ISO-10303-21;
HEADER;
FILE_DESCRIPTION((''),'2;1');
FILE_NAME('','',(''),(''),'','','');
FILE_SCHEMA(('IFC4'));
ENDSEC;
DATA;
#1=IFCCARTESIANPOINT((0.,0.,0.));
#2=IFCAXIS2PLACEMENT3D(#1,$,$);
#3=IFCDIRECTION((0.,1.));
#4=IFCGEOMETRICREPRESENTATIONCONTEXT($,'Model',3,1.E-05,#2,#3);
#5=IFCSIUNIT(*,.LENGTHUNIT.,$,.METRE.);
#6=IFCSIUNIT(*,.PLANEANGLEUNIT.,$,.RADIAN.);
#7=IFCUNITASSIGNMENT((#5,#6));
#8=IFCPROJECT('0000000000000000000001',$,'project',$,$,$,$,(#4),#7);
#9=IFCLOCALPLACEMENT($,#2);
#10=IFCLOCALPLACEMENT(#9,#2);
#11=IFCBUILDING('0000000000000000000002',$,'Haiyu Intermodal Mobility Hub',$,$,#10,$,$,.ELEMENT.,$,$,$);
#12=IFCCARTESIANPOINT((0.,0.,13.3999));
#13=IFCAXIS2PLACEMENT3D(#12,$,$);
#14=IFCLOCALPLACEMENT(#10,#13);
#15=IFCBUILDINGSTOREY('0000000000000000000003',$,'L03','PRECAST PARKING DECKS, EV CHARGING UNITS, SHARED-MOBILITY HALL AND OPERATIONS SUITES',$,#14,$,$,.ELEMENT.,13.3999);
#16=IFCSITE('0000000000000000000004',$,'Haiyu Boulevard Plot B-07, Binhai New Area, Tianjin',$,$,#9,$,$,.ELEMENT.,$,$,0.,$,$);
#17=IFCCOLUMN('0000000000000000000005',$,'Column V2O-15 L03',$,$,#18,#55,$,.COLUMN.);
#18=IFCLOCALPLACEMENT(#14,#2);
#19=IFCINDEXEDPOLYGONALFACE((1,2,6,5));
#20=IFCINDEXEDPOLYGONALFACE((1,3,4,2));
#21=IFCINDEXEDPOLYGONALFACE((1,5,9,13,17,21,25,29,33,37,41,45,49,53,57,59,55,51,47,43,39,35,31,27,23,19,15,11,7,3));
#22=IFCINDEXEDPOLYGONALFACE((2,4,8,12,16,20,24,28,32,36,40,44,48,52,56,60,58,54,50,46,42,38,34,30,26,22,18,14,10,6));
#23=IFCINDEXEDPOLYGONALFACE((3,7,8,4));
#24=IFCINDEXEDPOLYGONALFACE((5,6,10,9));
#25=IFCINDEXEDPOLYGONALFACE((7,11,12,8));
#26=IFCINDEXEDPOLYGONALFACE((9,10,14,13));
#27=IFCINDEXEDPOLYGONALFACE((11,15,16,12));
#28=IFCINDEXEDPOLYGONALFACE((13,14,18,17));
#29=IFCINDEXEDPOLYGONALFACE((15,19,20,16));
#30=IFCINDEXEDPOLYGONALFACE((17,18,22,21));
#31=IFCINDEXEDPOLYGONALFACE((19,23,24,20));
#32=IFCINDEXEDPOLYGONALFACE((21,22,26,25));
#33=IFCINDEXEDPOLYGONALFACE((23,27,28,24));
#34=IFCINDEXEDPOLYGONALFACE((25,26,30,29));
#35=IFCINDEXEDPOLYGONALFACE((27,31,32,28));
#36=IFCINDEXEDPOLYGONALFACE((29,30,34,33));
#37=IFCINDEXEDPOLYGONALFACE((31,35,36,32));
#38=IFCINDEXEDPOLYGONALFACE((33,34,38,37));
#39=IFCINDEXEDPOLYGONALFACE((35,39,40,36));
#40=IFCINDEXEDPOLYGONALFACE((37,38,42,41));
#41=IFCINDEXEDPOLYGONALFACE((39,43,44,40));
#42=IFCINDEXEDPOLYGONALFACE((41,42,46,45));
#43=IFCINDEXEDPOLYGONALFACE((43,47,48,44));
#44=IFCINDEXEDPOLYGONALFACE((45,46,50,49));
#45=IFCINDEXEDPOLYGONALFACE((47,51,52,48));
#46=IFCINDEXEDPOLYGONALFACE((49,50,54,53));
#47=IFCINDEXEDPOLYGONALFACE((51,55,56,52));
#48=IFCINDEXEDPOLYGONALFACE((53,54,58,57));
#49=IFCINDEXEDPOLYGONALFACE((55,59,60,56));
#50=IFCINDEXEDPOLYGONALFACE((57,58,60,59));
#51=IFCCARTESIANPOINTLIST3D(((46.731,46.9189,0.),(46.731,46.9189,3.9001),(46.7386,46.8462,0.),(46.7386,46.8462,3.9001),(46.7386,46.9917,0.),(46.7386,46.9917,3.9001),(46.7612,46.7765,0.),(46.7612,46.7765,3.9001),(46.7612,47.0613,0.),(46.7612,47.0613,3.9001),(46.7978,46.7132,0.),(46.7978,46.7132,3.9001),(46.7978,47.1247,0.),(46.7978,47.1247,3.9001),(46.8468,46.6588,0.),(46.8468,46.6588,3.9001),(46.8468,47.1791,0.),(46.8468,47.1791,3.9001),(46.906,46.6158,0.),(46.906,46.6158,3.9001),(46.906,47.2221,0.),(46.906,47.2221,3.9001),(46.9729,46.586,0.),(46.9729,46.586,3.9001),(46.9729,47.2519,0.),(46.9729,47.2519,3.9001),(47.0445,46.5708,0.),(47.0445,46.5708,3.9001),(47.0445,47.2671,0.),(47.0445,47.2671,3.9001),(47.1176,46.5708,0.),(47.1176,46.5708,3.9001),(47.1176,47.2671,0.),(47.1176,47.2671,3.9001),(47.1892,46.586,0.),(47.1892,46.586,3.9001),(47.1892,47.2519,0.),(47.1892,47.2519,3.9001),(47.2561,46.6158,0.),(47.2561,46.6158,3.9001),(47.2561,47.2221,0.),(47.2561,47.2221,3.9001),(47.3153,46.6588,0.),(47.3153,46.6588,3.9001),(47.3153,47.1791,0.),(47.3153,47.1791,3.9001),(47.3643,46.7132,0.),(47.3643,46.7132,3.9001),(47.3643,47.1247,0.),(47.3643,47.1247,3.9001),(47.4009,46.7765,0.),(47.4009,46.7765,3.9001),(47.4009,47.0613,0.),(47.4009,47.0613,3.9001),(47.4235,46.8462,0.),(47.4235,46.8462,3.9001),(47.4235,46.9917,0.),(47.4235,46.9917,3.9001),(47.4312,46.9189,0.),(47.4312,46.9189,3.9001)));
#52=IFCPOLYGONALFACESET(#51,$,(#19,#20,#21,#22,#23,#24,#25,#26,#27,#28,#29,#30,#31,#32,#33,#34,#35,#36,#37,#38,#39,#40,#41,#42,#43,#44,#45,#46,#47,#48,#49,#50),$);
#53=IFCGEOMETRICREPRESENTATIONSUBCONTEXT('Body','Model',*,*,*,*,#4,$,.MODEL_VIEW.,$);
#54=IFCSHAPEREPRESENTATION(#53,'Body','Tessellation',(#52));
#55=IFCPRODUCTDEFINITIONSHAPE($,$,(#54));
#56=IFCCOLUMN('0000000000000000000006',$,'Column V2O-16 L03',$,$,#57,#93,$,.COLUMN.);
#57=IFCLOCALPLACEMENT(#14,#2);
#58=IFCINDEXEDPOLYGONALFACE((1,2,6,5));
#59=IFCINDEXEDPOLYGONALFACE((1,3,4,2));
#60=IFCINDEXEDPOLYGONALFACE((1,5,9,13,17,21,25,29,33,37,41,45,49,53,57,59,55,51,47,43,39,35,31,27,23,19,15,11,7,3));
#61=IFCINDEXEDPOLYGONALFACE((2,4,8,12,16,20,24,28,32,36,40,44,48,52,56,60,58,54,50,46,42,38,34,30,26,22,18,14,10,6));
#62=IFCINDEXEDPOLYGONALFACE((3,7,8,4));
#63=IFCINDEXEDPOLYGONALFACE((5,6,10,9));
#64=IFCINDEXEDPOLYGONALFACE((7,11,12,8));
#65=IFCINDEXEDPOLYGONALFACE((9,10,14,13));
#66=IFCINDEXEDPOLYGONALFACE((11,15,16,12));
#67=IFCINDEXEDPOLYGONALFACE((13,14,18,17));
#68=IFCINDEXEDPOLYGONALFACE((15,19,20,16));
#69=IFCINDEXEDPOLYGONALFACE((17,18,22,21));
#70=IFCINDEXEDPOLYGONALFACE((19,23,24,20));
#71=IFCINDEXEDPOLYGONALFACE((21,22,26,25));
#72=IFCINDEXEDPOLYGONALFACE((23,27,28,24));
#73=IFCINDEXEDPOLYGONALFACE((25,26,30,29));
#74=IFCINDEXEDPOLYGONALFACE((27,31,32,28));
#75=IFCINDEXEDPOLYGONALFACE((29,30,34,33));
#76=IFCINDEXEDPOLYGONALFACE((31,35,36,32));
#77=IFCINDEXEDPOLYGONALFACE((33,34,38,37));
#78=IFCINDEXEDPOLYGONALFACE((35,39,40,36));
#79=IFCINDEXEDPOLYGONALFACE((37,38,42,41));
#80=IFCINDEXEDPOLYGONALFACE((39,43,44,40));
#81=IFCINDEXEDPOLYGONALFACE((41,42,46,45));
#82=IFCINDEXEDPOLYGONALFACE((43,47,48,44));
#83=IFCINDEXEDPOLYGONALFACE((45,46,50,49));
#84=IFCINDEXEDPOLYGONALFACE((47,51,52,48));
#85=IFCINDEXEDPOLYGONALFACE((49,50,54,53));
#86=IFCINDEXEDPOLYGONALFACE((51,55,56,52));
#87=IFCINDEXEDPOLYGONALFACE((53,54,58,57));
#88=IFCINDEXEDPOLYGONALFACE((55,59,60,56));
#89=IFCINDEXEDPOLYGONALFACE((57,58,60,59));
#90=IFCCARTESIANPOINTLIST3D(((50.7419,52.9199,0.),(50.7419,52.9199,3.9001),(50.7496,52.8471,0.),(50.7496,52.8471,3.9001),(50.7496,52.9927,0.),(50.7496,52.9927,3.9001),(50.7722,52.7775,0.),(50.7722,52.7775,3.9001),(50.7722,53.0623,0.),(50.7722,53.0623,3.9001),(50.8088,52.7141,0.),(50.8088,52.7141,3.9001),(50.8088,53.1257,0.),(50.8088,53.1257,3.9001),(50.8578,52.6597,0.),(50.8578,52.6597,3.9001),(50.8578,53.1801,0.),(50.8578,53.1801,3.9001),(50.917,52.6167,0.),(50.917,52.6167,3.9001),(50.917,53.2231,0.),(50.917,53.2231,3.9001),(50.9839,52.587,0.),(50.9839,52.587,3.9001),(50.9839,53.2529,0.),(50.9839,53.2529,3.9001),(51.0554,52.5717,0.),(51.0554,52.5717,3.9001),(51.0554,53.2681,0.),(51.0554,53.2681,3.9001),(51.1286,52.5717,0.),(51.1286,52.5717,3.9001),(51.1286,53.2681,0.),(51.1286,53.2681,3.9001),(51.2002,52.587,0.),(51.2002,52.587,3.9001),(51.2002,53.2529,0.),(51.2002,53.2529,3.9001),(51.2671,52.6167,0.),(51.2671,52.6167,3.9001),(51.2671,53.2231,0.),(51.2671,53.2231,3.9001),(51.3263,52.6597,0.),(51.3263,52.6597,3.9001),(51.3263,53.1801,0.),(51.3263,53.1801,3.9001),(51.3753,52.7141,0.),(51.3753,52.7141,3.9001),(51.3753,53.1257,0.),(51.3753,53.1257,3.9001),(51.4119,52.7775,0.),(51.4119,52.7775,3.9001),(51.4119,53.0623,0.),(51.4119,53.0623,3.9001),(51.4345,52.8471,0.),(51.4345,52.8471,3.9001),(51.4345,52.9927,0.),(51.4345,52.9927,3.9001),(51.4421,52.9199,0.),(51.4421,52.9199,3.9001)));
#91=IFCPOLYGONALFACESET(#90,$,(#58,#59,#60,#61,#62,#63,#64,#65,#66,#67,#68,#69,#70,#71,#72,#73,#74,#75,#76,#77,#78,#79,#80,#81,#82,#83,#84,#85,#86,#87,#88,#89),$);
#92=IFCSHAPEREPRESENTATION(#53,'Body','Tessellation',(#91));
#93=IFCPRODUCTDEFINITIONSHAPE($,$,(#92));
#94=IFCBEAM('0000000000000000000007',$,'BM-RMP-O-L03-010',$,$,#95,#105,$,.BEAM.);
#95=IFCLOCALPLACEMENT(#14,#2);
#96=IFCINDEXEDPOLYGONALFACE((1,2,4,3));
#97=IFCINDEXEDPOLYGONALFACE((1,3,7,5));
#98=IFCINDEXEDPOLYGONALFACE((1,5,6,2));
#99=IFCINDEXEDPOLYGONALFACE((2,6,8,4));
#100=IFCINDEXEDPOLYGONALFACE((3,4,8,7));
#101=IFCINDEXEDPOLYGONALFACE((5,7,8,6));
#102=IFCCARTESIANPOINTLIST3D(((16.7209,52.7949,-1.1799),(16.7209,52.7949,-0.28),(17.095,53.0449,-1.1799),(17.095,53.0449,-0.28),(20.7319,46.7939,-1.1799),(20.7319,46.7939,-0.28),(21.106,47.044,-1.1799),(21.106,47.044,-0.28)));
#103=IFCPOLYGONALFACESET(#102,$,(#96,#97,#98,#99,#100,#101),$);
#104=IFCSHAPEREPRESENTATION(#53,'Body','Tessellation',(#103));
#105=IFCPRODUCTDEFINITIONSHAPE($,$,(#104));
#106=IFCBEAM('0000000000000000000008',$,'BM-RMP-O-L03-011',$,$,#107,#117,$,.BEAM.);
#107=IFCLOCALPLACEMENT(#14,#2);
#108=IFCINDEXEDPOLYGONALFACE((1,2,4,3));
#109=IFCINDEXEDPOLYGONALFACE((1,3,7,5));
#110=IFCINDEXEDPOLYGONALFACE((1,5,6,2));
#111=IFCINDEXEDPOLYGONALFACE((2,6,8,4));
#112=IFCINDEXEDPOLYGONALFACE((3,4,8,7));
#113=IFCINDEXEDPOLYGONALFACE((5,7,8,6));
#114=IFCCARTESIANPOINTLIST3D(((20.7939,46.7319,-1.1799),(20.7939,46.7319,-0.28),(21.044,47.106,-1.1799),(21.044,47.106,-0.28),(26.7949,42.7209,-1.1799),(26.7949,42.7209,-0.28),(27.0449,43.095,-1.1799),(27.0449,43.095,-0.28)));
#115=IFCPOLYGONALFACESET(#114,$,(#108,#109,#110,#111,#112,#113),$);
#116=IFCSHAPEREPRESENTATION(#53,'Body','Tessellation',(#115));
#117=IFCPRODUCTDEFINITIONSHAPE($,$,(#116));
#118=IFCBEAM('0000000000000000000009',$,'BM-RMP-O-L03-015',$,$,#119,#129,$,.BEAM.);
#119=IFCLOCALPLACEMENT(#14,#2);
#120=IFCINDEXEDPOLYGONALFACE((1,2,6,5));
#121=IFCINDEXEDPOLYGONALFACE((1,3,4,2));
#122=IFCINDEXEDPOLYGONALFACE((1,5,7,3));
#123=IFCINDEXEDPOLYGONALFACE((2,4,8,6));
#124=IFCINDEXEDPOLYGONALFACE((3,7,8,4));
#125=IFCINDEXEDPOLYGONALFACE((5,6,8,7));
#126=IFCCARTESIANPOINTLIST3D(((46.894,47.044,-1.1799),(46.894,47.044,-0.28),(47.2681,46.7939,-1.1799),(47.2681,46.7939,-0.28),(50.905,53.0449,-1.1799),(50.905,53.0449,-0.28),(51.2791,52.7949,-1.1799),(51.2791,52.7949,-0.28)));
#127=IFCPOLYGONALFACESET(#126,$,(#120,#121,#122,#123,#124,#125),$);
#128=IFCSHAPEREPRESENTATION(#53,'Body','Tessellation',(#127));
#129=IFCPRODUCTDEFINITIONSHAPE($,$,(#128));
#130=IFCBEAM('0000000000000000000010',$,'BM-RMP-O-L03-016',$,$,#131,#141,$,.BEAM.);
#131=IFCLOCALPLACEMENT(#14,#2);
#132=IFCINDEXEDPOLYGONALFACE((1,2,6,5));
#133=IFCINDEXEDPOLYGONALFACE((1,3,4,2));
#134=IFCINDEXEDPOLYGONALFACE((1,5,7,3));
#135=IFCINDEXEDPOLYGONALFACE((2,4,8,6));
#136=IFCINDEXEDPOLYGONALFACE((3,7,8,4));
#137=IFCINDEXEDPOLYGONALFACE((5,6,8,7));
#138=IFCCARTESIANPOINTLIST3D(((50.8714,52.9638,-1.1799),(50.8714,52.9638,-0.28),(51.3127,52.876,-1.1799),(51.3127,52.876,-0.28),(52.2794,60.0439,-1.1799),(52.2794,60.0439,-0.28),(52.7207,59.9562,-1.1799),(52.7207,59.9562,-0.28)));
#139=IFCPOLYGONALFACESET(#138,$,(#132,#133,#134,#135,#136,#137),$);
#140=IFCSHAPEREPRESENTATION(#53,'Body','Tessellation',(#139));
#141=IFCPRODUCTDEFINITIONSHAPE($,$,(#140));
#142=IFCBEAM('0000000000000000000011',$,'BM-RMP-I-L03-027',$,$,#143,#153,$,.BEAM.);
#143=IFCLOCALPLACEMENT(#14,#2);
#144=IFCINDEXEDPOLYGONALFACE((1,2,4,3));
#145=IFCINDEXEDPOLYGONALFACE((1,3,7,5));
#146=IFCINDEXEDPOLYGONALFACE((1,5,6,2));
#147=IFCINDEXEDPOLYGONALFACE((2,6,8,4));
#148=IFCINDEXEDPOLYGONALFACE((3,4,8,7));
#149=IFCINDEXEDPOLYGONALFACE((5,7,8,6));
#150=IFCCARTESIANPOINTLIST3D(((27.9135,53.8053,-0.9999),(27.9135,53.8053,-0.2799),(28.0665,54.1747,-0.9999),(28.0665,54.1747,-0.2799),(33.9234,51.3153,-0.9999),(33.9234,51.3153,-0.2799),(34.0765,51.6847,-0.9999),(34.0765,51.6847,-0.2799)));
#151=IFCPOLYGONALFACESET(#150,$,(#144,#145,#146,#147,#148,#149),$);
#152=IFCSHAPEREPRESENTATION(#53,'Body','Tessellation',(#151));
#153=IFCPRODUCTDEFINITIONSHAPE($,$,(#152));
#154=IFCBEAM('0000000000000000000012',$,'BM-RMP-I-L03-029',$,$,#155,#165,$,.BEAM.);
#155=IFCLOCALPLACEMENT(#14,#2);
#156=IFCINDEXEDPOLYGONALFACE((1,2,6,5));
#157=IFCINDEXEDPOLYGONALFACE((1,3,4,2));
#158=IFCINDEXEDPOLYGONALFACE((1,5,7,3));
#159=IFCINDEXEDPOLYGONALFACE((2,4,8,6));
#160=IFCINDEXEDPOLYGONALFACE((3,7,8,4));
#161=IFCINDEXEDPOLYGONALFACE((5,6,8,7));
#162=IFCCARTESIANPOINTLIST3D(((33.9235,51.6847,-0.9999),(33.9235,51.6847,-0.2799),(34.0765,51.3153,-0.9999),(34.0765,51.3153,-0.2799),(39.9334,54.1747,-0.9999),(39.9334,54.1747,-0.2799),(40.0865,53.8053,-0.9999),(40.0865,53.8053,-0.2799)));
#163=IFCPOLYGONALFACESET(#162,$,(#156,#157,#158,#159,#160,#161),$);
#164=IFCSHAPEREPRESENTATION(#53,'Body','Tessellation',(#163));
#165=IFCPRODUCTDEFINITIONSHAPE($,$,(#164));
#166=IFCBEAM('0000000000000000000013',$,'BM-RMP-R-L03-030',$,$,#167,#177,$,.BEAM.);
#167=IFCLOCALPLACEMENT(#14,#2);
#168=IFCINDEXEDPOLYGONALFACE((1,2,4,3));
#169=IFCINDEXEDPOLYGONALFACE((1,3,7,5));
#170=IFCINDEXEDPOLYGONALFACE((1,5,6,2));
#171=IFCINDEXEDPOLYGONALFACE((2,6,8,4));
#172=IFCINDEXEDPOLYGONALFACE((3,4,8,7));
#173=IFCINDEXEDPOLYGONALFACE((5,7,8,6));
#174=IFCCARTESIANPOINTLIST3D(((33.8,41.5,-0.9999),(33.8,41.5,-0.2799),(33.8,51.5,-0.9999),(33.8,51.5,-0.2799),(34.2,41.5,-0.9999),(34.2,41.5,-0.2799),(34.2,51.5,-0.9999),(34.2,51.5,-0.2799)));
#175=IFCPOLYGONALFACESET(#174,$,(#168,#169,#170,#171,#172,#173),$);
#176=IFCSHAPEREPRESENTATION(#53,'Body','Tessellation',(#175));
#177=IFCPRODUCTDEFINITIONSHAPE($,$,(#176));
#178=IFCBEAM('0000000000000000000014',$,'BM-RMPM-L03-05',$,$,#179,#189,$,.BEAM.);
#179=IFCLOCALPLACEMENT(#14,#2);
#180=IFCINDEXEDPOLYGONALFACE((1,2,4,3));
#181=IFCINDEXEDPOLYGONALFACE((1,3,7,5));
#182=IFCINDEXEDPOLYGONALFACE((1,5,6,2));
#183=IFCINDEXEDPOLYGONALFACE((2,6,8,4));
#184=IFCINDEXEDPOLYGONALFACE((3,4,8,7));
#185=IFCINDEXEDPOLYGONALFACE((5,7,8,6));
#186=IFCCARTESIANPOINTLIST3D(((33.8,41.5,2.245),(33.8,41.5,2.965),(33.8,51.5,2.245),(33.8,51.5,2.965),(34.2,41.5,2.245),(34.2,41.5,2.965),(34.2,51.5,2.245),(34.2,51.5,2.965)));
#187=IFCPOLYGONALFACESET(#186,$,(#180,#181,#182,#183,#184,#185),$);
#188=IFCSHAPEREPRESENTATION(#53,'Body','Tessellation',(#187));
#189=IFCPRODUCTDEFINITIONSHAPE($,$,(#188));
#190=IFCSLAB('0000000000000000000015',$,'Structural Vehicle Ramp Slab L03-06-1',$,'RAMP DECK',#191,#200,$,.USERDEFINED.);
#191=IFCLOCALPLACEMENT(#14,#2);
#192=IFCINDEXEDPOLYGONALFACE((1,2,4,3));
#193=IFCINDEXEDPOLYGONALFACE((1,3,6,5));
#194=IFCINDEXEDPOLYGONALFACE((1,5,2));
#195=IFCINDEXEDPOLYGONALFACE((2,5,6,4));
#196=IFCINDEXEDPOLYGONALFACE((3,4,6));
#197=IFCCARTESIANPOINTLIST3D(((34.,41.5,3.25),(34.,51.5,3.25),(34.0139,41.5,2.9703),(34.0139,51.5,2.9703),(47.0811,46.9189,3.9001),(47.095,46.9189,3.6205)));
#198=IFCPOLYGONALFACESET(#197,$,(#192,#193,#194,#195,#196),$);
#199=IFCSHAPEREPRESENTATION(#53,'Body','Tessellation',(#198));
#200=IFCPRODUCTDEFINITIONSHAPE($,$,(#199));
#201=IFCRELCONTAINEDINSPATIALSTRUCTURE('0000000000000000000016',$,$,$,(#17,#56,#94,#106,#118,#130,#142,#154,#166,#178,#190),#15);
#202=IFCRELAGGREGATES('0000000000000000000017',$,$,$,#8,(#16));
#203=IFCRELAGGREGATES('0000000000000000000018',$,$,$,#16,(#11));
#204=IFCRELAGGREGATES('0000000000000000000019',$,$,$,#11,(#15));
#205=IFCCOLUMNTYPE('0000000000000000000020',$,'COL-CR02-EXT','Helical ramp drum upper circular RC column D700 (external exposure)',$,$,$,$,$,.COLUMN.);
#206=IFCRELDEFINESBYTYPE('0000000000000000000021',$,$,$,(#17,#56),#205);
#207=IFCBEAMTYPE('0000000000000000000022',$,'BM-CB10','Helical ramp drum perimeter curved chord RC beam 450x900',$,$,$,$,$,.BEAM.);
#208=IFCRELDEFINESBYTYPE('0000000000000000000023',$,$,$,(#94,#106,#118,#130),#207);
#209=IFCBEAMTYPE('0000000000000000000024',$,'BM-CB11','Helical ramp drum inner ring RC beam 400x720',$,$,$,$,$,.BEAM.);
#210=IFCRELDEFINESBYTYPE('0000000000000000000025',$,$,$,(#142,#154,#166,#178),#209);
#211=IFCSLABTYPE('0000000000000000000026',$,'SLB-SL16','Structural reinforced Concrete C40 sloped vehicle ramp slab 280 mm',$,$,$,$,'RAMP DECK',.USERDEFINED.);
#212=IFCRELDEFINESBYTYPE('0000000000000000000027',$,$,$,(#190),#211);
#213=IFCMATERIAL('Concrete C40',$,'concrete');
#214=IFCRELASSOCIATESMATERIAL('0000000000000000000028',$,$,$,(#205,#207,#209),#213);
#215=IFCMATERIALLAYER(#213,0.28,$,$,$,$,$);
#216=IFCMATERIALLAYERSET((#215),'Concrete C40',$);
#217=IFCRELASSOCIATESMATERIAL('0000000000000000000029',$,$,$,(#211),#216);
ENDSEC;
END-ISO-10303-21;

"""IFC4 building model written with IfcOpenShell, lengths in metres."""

from ifc_helpers import new_model, si_unit, direction, frame, origin, origin_2d, place, context, subcontext, project, spatial, polyline, rectangle, circle, outline, extrude, material, layer, layer_set, material_profile, profile_set, type_object, element, save


model = new_model("IFC4")

# Units and contexts
model_context = context("Model", 3, precision=1e-05, world=origin(), true_north=direction((0.0, 1.0)))
body_context = subcontext(model_context, "Body", "Model", "MODEL_VIEW")
ifc_project = project(units=[si_unit("LENGTHUNIT", "METRE"), si_unit("PLANEANGLEUNIT", "RADIAN")], contexts=[model_context])

# Site, building, storey
site_placement = place(None, origin())
site = spatial("IfcSite", under=ifc_project, at=site_placement, Name="Haiyu Boulevard Plot B-07, Binhai New Area, Tianjin", CompositionType="ELEMENT", RefElevation=0.0)
building_placement = place(site_placement, origin())
building = spatial("IfcBuilding", under=site, at=building_placement, Name="Haiyu Intermodal Mobility Hub", CompositionType="ELEMENT")
storey_placement = place(building_placement, frame((0.0, 0.0, 13.3999)))
storey = spatial("IfcBuildingStorey", under=building, at=storey_placement, Name="L03", Description="PRECAST PARKING DECKS, EV CHARGING UNITS, SHARED-MOBILITY HALL AND OPERATIONS SUITES", CompositionType="ELEMENT", Elevation=13.3999)

# Columns
ifc_material_1 = material(Name="Concrete C40", Category="concrete")
ifc_material_profile_1 = material_profile(ifc_material_1, circle(Radius=0.3501, at=origin_2d()), Name="RCCOL-D700")
ifc_profile_set_1 = profile_set([ifc_material_profile_1], Name="Concrete C40")
column_type_1 = type_object("IfcColumnType", Name="COL-CR02-EXT", Description="Helical ramp drum upper circular RC column D700 (external exposure)", PredefinedType="COLUMN", material=ifc_profile_set_1)
for number, where, z_axis, x_axis, name in (
    (1, (47.0811, 46.9189, 0.0), (0.0, 0.0, 1.0), (1.0, 0.0, 0.0), "Column V2O-15 L03"),
    (2, (51.092, 52.9199, 0.0), (0.0, 0.0, 1.0), (1.0, 0.0, 0.0), "Column V2O-16 L03"),
):
    element("IfcColumn", number, at=place(storey_placement, frame(where, z_axis=z_axis, x_axis=x_axis)), inside=storey, type_object=column_type_1, Name=name, PredefinedType="COLUMN", context=body_context, shape_type="SweptSolid", body=[
        extrude(circle(Radius=0.3501, at=origin_2d()), origin(), (0.0, 0.0, 1.0), 3.9001),
    ])

# Beams
ifc_material_profile_2 = material_profile(ifc_material_1, rectangle(XDim=0.45, YDim=0.8999, at=origin_2d()), Name="RCB450x900")
ifc_profile_set_2 = profile_set([ifc_material_profile_2], Name="Concrete C40")
beam_type_1 = type_object("IfcBeamType", Name="BM-CB10", Description="Helical ramp drum perimeter curved chord RC beam 450x900", PredefinedType="BEAM", material=ifc_profile_set_2)
for number, where, z_axis, x_axis, name in (
    (3, (16.908, 52.9199, -0.73), (0.555691, -0.831389, 0.0), (0.831389, 0.555691, 0.0), "BM-RMP-O-L03-010"),
    (4, (20.9189, 46.9189, -0.73), (0.831389, -0.555691, 0.0), (0.555691, 0.831389, 0.0), "BM-RMP-O-L03-011"),
    (5, (47.0811, 46.9189, -0.73), (0.555691, 0.831389, 0.0), (-0.831389, 0.555691, 0.0), "BM-RMP-O-L03-015"),
):
    element("IfcBeam", number, at=place(storey_placement, frame(where, z_axis=z_axis, x_axis=x_axis)), inside=storey, type_object=beam_type_1, Name=name, PredefinedType="BEAM", context=body_context, shape_type="SweptSolid", body=[
        extrude(rectangle(XDim=0.45, YDim=0.8999, at=origin_2d()), origin(), (0.0, 0.0, 1.0), 7.218),
    ])
beam_placement = place(storey_placement, frame((51.092, 52.9199, -0.73), z_axis=(0.195043, 0.980795, 0.0), x_axis=(-0.980795, 0.195043, 0.0)))
element("IfcBeam", 6, at=beam_placement, inside=storey, type_object=beam_type_1, Name="BM-RMP-O-L03-016", PredefinedType="BEAM", context=body_context, shape_type="SweptSolid", body=[
    extrude(rectangle(XDim=0.45, YDim=0.8999, at=origin_2d()), origin(), (0.0, 0.0, 1.0), 7.2188),
])
ifc_material_profile_3 = material_profile(ifc_material_1, rectangle(XDim=0.3999, YDim=0.72, at=origin_2d()), Name="RCB400x720")
ifc_profile_set_3 = profile_set([ifc_material_profile_3], Name="Concrete C40")
beam_type_2 = type_object("IfcBeamType", Name="BM-CB11", Description="Helical ramp drum inner ring RC beam 400x720", PredefinedType="BEAM", material=ifc_profile_set_3)
for number, where, z_axis, x_axis, name in (
    (7, (27.99, 53.99, -0.6399), (0.923849, -0.382757, 0.0), (0.382757, 0.923849, 0.0), "BM-RMP-I-L03-027"),
    (8, (34.0, 51.5, -0.6399), (0.923849, 0.382757, 0.0), (-0.382757, 0.923849, 0.0), "BM-RMP-I-L03-029"),
):
    element("IfcBeam", number, at=place(storey_placement, frame(where, z_axis=z_axis, x_axis=x_axis)), inside=storey, type_object=beam_type_2, Name=name, PredefinedType="BEAM", context=body_context, shape_type="SweptSolid", body=[
        extrude(rectangle(XDim=0.3999, YDim=0.72, at=origin_2d()), origin(), (0.0, 0.0, 1.0), 6.5054),
    ])
for number, where, z_axis, x_axis, name in (
    (9, (34.0, 51.5, -0.6399), (0.0, -1.0, 0.0), (1.0, 0.0, 0.0), "BM-RMP-R-L03-030"),
    (10, (34.0, 51.5, 2.605), (0.0, -1.0, 0.0), (1.0, 0.0, 0.0), "BM-RMPM-L03-05"),
):
    element("IfcBeam", number, at=place(storey_placement, frame(where, z_axis=z_axis, x_axis=x_axis)), inside=storey, type_object=beam_type_2, Name=name, PredefinedType="BEAM", context=body_context, shape_type="SweptSolid", body=[
        extrude(rectangle(XDim=0.3999, YDim=0.72, at=origin_2d()), origin(), (0.0, 0.0, 1.0), 10.0),
    ])

# Slab
ifc_layer = layer(ifc_material_1, 0.28)
ifc_layer_set = layer_set([ifc_layer], Name="Concrete C40")
slab_type = type_object("IfcSlabType", Name="SLB-SL16", Description="Structural reinforced Concrete C40 sloped vehicle ramp slab 280 mm", ElementType="RAMP DECK", PredefinedType="USERDEFINED", material=ifc_layer_set)
slab_1_placement = place(storey_placement, frame((34.0, 51.5, 3.25), z_axis=(-0.04964, 0.0, 0.998767), x_axis=(0.0, -1.0, 0.0)))
element("IfcSlab", 11, at=slab_1_placement, inside=storey, type_object=slab_type, Name="Structural Vehicle Ramp Slab L03-06-1", ObjectType="RAMP DECK", PredefinedType="USERDEFINED", context=body_context, shape_type="SweptSolid", body=[
    extrude(outline(polyline([(0.0, 0.0), (10.0, 0.0), (4.5811, 13.0972), (0.0, 0.0)])), origin(), (0.0, 0.0, -1.0), 0.28),
])

save(model, "model.ifc")
